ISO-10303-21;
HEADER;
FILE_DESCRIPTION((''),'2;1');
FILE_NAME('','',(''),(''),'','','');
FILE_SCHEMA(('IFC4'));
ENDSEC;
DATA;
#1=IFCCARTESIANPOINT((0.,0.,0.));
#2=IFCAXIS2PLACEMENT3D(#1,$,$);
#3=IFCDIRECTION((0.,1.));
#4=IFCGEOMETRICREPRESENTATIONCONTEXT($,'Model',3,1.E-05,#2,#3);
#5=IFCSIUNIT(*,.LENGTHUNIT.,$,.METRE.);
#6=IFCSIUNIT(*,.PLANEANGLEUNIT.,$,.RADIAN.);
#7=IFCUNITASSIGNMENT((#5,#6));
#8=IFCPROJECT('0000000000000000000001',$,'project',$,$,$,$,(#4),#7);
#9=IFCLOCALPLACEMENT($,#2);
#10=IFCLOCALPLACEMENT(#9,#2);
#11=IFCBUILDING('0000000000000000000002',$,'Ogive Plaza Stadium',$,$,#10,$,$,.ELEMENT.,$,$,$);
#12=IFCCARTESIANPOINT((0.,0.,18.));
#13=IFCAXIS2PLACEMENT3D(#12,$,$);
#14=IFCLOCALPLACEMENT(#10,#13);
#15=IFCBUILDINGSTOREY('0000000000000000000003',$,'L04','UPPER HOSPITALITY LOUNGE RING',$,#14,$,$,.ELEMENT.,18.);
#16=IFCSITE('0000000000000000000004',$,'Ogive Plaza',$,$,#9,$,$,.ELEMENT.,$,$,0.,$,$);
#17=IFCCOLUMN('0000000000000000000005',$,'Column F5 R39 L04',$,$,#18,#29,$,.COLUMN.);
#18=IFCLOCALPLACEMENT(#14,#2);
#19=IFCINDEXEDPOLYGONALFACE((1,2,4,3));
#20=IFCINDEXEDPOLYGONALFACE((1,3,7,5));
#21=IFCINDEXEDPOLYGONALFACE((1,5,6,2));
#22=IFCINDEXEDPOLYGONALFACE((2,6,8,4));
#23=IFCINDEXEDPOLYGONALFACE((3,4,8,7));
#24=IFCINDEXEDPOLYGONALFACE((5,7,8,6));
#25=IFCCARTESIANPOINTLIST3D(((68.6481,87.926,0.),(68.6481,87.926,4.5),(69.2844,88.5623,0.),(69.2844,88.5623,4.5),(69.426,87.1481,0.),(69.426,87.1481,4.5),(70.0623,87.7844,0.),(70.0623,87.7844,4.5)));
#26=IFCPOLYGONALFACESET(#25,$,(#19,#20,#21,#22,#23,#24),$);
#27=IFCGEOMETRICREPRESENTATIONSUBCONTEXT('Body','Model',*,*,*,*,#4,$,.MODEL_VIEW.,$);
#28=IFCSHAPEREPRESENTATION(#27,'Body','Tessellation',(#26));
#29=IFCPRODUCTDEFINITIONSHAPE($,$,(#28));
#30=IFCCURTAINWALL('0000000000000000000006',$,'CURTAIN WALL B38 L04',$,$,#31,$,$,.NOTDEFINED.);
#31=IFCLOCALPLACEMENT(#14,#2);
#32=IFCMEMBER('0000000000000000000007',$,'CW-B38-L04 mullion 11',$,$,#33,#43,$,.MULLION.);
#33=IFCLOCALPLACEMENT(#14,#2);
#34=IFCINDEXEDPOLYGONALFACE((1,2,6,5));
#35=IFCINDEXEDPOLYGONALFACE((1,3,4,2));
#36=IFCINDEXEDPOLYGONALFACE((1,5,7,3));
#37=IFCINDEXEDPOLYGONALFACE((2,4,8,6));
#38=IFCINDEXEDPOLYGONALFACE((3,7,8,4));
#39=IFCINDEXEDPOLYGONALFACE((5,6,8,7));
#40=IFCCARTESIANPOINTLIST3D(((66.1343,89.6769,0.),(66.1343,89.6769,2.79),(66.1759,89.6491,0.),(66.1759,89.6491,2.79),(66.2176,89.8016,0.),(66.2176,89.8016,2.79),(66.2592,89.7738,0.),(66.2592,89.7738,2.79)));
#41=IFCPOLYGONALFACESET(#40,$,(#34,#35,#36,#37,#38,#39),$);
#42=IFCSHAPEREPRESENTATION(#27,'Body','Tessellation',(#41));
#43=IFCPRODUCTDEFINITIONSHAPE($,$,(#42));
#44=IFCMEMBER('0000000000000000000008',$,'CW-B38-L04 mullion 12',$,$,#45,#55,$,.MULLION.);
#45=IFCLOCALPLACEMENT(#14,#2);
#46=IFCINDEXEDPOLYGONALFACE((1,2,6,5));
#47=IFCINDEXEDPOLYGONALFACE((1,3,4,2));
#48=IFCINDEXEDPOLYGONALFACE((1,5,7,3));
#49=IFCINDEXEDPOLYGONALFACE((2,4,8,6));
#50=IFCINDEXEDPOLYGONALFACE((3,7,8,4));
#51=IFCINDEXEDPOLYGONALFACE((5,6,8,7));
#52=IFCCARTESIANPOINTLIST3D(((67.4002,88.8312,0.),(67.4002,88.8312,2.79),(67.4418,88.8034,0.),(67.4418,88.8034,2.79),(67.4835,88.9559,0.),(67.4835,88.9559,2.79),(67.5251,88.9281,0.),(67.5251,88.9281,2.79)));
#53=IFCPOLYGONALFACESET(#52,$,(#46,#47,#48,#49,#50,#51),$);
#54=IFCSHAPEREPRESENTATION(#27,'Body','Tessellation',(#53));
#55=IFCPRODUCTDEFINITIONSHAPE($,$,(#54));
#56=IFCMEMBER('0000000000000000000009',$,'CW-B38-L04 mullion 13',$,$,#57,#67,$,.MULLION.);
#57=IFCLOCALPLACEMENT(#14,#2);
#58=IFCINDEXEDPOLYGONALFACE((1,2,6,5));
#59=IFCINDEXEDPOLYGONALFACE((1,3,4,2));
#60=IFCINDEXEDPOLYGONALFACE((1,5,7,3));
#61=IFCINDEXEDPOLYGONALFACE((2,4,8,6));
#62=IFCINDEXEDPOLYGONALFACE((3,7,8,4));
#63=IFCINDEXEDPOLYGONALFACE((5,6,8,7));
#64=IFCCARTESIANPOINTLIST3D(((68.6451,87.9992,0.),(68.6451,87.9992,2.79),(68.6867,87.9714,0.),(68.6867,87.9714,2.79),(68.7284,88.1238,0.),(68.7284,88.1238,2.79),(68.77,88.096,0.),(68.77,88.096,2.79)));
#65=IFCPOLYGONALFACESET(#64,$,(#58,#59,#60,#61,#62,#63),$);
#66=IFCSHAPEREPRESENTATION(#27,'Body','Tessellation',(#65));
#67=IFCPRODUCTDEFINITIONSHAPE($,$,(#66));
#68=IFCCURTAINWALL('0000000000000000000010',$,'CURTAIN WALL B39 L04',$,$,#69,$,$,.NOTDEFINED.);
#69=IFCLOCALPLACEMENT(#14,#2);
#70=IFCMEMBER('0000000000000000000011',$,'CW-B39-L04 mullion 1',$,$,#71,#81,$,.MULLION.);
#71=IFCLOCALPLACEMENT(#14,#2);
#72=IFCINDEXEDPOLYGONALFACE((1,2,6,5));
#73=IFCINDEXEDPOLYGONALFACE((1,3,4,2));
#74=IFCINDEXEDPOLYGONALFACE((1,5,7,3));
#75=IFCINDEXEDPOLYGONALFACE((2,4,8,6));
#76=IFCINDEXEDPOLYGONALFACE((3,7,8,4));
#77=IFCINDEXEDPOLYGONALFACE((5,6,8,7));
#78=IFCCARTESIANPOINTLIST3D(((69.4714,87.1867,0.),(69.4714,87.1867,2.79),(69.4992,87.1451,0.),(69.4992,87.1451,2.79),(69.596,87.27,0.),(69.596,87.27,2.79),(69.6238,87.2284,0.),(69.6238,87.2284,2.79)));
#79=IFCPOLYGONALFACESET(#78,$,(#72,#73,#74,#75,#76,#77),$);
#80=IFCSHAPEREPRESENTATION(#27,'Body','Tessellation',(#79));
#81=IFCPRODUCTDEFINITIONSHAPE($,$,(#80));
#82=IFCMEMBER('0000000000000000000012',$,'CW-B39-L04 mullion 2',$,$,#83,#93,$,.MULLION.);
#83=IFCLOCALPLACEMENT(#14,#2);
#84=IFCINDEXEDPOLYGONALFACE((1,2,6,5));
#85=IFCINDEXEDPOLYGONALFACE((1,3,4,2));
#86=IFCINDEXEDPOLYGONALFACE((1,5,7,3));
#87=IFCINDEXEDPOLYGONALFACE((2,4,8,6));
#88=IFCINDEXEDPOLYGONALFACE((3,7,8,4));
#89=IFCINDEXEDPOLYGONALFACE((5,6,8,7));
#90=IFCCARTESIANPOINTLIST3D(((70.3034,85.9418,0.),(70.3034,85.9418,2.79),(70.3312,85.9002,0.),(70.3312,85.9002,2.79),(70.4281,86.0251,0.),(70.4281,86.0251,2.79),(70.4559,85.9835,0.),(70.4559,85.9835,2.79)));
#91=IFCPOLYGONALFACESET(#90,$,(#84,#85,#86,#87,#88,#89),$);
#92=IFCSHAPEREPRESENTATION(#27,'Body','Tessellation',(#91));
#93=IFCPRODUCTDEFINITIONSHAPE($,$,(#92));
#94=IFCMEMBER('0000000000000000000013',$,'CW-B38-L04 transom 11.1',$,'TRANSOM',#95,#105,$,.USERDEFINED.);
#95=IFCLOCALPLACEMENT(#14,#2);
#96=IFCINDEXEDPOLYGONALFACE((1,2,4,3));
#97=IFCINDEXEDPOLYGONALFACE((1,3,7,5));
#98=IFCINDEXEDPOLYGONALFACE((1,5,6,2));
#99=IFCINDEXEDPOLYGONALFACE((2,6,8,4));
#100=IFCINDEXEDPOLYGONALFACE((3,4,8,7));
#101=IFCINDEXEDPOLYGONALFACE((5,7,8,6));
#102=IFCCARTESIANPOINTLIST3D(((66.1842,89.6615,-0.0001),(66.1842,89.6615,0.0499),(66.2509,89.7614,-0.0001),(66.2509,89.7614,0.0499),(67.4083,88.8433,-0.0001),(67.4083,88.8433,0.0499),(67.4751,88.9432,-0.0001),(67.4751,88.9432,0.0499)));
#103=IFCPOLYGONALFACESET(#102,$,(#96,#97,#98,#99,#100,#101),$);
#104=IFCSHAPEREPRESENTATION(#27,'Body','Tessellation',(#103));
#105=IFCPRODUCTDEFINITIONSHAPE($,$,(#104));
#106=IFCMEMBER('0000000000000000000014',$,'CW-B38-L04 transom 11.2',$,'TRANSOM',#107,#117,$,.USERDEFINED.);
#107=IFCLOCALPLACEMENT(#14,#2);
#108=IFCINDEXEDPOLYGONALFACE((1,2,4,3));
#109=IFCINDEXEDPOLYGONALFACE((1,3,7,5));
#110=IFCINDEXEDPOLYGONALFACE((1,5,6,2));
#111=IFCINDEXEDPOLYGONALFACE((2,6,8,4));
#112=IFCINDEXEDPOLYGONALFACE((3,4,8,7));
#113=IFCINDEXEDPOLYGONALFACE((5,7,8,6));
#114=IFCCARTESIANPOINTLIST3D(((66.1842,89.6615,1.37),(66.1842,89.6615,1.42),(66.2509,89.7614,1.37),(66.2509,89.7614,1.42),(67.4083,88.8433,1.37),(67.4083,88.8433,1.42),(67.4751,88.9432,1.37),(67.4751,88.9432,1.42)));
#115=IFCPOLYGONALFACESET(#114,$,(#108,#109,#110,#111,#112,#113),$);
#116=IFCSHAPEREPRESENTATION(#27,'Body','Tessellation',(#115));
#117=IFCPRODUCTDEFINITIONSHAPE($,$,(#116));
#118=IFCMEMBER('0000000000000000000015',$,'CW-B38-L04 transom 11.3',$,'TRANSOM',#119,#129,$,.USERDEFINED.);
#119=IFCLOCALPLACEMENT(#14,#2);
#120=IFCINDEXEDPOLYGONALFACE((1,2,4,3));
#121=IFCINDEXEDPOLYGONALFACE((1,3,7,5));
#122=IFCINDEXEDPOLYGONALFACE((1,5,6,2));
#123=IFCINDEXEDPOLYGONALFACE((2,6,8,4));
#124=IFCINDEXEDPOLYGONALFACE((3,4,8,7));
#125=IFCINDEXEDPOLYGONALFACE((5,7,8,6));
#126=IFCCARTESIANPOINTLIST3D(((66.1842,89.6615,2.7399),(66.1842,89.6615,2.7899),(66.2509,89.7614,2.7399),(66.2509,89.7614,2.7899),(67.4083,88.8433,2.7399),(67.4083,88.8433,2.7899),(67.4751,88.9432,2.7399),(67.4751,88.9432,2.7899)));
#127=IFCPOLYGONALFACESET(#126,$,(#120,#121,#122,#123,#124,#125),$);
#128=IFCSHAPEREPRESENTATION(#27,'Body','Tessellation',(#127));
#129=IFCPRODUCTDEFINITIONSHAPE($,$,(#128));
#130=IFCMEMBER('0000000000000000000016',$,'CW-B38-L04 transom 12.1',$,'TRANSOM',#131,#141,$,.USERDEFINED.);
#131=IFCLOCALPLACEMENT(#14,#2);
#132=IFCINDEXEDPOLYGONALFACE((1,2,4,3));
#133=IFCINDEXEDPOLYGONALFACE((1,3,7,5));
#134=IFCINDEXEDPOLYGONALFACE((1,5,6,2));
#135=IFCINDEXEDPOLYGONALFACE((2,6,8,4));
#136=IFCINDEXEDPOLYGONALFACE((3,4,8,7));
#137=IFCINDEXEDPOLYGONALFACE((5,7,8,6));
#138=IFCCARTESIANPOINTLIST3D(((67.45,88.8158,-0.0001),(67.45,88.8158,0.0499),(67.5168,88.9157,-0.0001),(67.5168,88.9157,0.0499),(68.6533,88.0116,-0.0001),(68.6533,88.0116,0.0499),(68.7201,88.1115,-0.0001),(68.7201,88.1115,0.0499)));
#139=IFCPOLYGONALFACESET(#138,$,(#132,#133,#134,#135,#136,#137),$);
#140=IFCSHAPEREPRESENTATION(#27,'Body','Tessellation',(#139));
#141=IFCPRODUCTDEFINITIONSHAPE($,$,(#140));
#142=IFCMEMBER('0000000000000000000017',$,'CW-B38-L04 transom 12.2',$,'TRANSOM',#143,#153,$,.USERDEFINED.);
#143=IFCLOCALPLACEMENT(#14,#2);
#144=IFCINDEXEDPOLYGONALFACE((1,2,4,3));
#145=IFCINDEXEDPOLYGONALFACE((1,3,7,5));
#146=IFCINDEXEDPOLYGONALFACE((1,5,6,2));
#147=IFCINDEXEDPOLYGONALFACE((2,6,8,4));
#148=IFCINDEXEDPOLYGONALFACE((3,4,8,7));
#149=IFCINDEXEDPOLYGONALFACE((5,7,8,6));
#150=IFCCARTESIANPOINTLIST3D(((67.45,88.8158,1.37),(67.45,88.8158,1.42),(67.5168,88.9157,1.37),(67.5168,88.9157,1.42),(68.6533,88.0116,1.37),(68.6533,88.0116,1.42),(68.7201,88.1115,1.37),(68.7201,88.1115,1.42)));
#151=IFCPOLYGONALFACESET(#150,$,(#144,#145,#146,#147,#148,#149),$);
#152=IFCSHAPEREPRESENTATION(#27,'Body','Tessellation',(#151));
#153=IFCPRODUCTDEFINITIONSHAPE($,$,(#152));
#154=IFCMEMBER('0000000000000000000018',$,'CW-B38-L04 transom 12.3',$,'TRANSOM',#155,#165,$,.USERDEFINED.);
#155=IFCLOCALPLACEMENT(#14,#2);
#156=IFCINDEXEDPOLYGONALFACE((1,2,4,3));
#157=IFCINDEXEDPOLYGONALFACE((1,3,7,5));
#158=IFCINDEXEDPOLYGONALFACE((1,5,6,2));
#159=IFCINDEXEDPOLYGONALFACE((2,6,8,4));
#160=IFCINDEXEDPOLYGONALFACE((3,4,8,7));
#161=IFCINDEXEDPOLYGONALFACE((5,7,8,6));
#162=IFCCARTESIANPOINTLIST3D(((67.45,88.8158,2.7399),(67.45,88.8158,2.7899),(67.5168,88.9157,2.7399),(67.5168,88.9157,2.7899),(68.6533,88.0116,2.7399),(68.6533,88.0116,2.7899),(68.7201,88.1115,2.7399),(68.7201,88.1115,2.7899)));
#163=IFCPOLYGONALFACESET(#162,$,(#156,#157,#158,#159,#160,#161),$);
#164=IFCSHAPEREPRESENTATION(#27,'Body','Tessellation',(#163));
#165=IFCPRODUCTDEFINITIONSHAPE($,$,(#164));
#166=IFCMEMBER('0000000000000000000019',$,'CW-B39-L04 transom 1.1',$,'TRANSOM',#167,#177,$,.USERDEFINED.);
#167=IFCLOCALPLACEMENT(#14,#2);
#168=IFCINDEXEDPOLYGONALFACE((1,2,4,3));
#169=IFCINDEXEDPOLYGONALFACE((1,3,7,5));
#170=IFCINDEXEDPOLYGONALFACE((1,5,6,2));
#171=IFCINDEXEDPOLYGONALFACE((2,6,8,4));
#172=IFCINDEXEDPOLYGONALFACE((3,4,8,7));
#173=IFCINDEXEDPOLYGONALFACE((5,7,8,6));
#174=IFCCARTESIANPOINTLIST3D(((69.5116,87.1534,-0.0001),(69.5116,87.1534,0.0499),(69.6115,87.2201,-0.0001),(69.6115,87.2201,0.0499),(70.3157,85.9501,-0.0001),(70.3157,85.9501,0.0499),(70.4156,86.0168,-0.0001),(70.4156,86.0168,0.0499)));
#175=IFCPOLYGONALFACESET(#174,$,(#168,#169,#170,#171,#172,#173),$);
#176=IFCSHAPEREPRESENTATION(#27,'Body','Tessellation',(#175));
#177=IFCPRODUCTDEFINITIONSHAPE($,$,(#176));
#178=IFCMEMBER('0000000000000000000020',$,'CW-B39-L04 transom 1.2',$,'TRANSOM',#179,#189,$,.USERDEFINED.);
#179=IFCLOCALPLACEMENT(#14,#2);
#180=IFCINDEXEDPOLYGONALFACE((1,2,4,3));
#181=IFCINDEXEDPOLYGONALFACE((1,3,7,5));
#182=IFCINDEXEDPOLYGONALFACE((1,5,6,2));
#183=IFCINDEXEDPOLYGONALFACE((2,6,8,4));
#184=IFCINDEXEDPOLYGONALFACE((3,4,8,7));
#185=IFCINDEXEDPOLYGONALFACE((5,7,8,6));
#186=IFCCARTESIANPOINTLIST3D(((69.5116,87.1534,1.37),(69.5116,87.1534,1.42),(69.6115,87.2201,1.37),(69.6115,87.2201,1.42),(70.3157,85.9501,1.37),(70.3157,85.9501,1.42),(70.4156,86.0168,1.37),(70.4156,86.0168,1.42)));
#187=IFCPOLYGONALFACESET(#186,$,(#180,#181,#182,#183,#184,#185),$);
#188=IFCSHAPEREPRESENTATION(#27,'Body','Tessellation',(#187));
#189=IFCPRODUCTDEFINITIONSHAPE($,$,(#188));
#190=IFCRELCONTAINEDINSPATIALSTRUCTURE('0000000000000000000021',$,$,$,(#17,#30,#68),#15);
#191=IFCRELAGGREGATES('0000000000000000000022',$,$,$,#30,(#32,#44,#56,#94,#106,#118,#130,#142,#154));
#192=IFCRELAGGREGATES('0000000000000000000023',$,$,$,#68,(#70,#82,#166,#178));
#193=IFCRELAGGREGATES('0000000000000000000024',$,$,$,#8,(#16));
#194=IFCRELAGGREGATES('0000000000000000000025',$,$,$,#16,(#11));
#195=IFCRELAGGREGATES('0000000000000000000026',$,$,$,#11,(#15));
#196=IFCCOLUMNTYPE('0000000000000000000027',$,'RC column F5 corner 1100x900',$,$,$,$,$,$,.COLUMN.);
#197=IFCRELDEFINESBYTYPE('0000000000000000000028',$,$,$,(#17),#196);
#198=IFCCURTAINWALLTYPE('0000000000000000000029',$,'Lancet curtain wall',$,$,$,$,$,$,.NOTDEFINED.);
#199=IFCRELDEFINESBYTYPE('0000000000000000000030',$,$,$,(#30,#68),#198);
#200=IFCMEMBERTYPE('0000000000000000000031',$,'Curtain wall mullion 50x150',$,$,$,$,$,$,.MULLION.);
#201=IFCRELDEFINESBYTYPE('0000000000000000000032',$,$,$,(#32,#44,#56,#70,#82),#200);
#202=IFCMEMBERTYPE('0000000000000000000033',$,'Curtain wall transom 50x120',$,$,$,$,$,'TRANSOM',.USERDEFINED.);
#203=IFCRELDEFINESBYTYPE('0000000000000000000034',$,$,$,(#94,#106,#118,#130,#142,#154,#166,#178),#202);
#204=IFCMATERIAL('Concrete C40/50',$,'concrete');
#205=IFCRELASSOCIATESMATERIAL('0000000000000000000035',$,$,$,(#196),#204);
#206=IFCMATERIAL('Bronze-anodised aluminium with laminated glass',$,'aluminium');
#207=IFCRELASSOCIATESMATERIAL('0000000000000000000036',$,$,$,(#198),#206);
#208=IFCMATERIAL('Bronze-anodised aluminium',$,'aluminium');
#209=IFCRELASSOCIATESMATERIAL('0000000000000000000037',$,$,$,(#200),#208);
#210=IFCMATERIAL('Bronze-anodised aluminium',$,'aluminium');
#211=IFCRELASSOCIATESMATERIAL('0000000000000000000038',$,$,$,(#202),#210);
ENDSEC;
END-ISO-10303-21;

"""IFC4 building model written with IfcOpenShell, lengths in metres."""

from ifc_helpers import new_model, si_unit, direction, frame, origin, origin_2d, place, context, subcontext, project, spatial, rectangle, extrude, material, material_profile, profile_set, type_object, element, aggregate, save


model = new_model("IFC4")

# Units and contexts
model_context = context("Model", 3, precision=1e-05, world=origin(), true_north=direction((0.0, 1.0)))
body_context = subcontext(model_context, "Body", "Model", "MODEL_VIEW")
ifc_project = project(units=[si_unit("LENGTHUNIT", "METRE"), si_unit("PLANEANGLEUNIT", "RADIAN")], contexts=[model_context])

# Site, building, storey
site_placement = place(None, origin())
site = spatial("IfcSite", under=ifc_project, at=site_placement, Name="Ogive Plaza", CompositionType="ELEMENT", RefElevation=0.0)
building_placement = place(site_placement, origin())
building = spatial("IfcBuilding", under=site, at=building_placement, Name="Ogive Plaza Stadium", CompositionType="ELEMENT")
storey_placement = place(building_placement, frame((0.0, 0.0, 18.0)))
storey = spatial("IfcBuildingStorey", under=building, at=storey_placement, Name="L04", Description="UPPER HOSPITALITY LOUNGE RING", CompositionType="ELEMENT", Elevation=18.0)

# Column
ifc_material_1 = material(Name="Concrete C40/50", Category="concrete")
ifc_material_profile_1 = material_profile(ifc_material_1, rectangle(XDim=1.1001, YDim=0.8999, at=origin_2d()), Name="RC 1100x900")
ifc_profile_set_1 = profile_set([ifc_material_profile_1], Name="Concrete C40/50")
column_type = type_object("IfcColumnType", Name="RC column F5 corner 1100x900", PredefinedType="COLUMN", material=ifc_profile_set_1)
column_placement = place(storey_placement, frame((69.3552, 87.8552, 0.0), z_axis=(0.0, 0.0, 1.0), x_axis=(-0.707107, 0.707107, 0.0)))
element("IfcColumn", 1, at=column_placement, inside=storey, type_object=column_type, Name="Column F5 R39 L04", PredefinedType="COLUMN", context=body_context, shape_type="SweptSolid", body=[
    extrude(rectangle(XDim=1.1001, YDim=0.8999, at=origin_2d()), origin(), (0.0, 0.0, 1.0), 4.5),
])

# Curtain walls, members
ifc_material_2 = material(Name="Bronze-anodised aluminium with laminated glass", Category="aluminium")
curtain_wall_type = type_object("IfcCurtainWallType", Name="Lancet curtain wall", PredefinedType="NOTDEFINED", material=ifc_material_2)
curtain_wall_1_placement = place(storey_placement, origin())
curtain_wall_1 = element("IfcCurtainWall", 2, at=curtain_wall_1_placement, inside=storey, type_object=curtain_wall_type, Name="CURTAIN WALL B38 L04", PredefinedType="NOTDEFINED")
ifc_material_3 = material(Name="Bronze-anodised aluminium", Category="aluminium")
ifc_material_profile_2 = material_profile(ifc_material_3, rectangle(XDim=0.1499, YDim=0.05, at=origin_2d()), Name="AL 150x50")
ifc_profile_set_2 = profile_set([ifc_material_profile_2], Name="Bronze-anodised aluminium")
member_type_1 = type_object("IfcMemberType", Name="Curtain wall mullion 50x150", PredefinedType="MULLION", material=ifc_profile_set_2)
member_1_placement = place(storey_placement, frame((66.1968, 89.7253, 0.0), z_axis=(0.0, 0.0, 1.0), x_axis=(0.55557, 0.83147, 0.0)))
member_1 = element("IfcMember", 3, at=member_1_placement, type_object=member_type_1, Name="CW-B38-L04 mullion 11", PredefinedType="MULLION", context=body_context, shape_type="SweptSolid", body=[
    extrude(rectangle(XDim=0.1499, YDim=0.05, at=origin_2d()), origin(), (0.0, 0.0, 1.0), 2.79),
])
member_2_placement = place(storey_placement, frame((67.4626, 88.8796, 0.0), z_axis=(0.0, 0.0, 1.0), x_axis=(0.55557, 0.83147, 0.0)))
member_2 = element("IfcMember", 4, at=member_2_placement, type_object=member_type_1, Name="CW-B38-L04 mullion 12", PredefinedType="MULLION", context=body_context, shape_type="SweptSolid", body=[
    extrude(rectangle(XDim=0.1499, YDim=0.05, at=origin_2d()), origin(), (0.0, 0.0, 1.0), 2.79),
])
member_3_placement = place(storey_placement, frame((68.7075, 88.0476, 0.0), z_axis=(0.0, 0.0, 1.0), x_axis=(0.55557, 0.83147, 0.0)))
member_3 = element("IfcMember", 5, at=member_3_placement, type_object=member_type_1, Name="CW-B38-L04 mullion 13", PredefinedType="MULLION", context=body_context, shape_type="SweptSolid", body=[
    extrude(rectangle(XDim=0.1499, YDim=0.05, at=origin_2d()), origin(), (0.0, 0.0, 1.0), 2.79),
])
curtain_wall_2_placement = place(storey_placement, origin())
curtain_wall_2 = element("IfcCurtainWall", 6, at=curtain_wall_2_placement, inside=storey, type_object=curtain_wall_type, Name="CURTAIN WALL B39 L04", PredefinedType="NOTDEFINED")
member_4_placement = place(storey_placement, frame((69.5476, 87.2075, 0.0), z_axis=(0.0, 0.0, 1.0), x_axis=(0.83147, 0.55557, 0.0)))
member_4 = element("IfcMember", 7, at=member_4_placement, type_object=member_type_1, Name="CW-B39-L04 mullion 1", PredefinedType="MULLION", context=body_context, shape_type="SweptSolid", body=[
    extrude(rectangle(XDim=0.1499, YDim=0.05, at=origin_2d()), origin(), (0.0, 0.0, 1.0), 2.79),
])
member_5_placement = place(storey_placement, frame((70.3796, 85.9626, 0.0), z_axis=(0.0, 0.0, 1.0), x_axis=(0.83147, 0.55557, 0.0)))
member_5 = element("IfcMember", 8, at=member_5_placement, type_object=member_type_1, Name="CW-B39-L04 mullion 2", PredefinedType="MULLION", context=body_context, shape_type="SweptSolid", body=[
    extrude(rectangle(XDim=0.1499, YDim=0.05, at=origin_2d()), origin(), (0.0, 0.0, 1.0), 2.79),
])

# Members
ifc_material_4 = material(Name="Bronze-anodised aluminium", Category="aluminium")
ifc_material_profile_3 = material_profile(ifc_material_4, rectangle(XDim=0.1201, YDim=0.05, at=origin_2d()), Name="AL 120x50")
ifc_profile_set_3 = profile_set([ifc_material_profile_3], Name="Bronze-anodised aluminium")
member_type_2 = type_object("IfcMemberType", Name="Curtain wall transom 50x120", ElementType="TRANSOM", PredefinedType="USERDEFINED", material=ifc_profile_set_3)
member_6_placement = place(storey_placement, frame((66.2175, 89.7114, 0.0249), z_axis=(0.831412, -0.555656, 0.0), x_axis=(0.555656, 0.831412, 0.0)))
member_6 = element("IfcMember", 9, at=member_6_placement, type_object=member_type_2, Name="CW-B38-L04 transom 11.1", ObjectType="TRANSOM", PredefinedType="USERDEFINED", context=body_context, shape_type="SweptSolid", body=[
    extrude(rectangle(XDim=0.1201, YDim=0.05, at=origin_2d()), origin(), (0.0, 0.0, 1.0), 1.4724),
])
member_7_placement = place(storey_placement, frame((66.2175, 89.7114, 1.395), z_axis=(0.831412, -0.555656, 0.0), x_axis=(0.555656, 0.831412, 0.0)))
member_7 = element("IfcMember", 10, at=member_7_placement, type_object=member_type_2, Name="CW-B38-L04 transom 11.2", ObjectType="TRANSOM", PredefinedType="USERDEFINED", context=body_context, shape_type="SweptSolid", body=[
    extrude(rectangle(XDim=0.1201, YDim=0.05, at=origin_2d()), origin(), (0.0, 0.0, 1.0), 1.4724),
])
member_8_placement = place(storey_placement, frame((66.2175, 89.7114, 2.7649), z_axis=(0.831412, -0.555656, 0.0), x_axis=(0.555656, 0.831412, 0.0)))
member_8 = element("IfcMember", 11, at=member_8_placement, type_object=member_type_2, Name="CW-B38-L04 transom 11.3", ObjectType="TRANSOM", PredefinedType="USERDEFINED", context=body_context, shape_type="SweptSolid", body=[
    extrude(rectangle(XDim=0.1201, YDim=0.05, at=origin_2d()), origin(), (0.0, 0.0, 1.0), 1.4724),
])
member_9_placement = place(storey_placement, frame((67.4834, 88.8657, 0.0249), z_axis=(0.831427, -0.555634, 0.0), x_axis=(0.555634, 0.831427, 0.0)))
member_9 = element("IfcMember", 12, at=member_9_placement, type_object=member_type_2, Name="CW-B38-L04 transom 12.1", ObjectType="TRANSOM", PredefinedType="USERDEFINED", context=body_context, shape_type="SweptSolid", body=[
    extrude(rectangle(XDim=0.1201, YDim=0.05, at=origin_2d()), origin(), (0.0, 0.0, 1.0), 1.4473),
])
member_10_placement = place(storey_placement, frame((67.4834, 88.8657, 1.395), z_axis=(0.831427, -0.555634, 0.0), x_axis=(0.555634, 0.831427, 0.0)))
member_10 = element("IfcMember", 13, at=member_10_placement, type_object=member_type_2, Name="CW-B38-L04 transom 12.2", ObjectType="TRANSOM", PredefinedType="USERDEFINED", context=body_context, shape_type="SweptSolid", body=[
    extrude(rectangle(XDim=0.1201, YDim=0.05, at=origin_2d()), origin(), (0.0, 0.0, 1.0), 1.4473),
])
member_11_placement = place(storey_placement, frame((67.4834, 88.8657, 2.7649), z_axis=(0.831427, -0.555634, 0.0), x_axis=(0.555634, 0.831427, 0.0)))
member_11 = element("IfcMember", 14, at=member_11_placement, type_object=member_type_2, Name="CW-B38-L04 transom 12.3", ObjectType="TRANSOM", PredefinedType="USERDEFINED", context=body_context, shape_type="SweptSolid", body=[
    extrude(rectangle(XDim=0.1201, YDim=0.05, at=origin_2d()), origin(), (0.0, 0.0, 1.0), 1.4473),
])
member_12_placement = place(storey_placement, frame((69.5615, 87.1868, 0.0249), z_axis=(0.555634, -0.831427, 0.0), x_axis=(0.831427, 0.555634, 0.0)))
member_12 = element("IfcMember", 15, at=member_12_placement, type_object=member_type_2, Name="CW-B39-L04 transom 1.1", ObjectType="TRANSOM", PredefinedType="USERDEFINED", context=body_context, shape_type="SweptSolid", body=[
    extrude(rectangle(XDim=0.1201, YDim=0.05, at=origin_2d()), origin(), (0.0, 0.0, 1.0), 1.4473),
])
member_13_placement = place(storey_placement, frame((69.5615, 87.1868, 1.395), z_axis=(0.555634, -0.831427, 0.0), x_axis=(0.831427, 0.555634, 0.0)))
member_13 = element("IfcMember", 16, at=member_13_placement, type_object=member_type_2, Name="CW-B39-L04 transom 1.2", ObjectType="TRANSOM", PredefinedType="USERDEFINED", context=body_context, shape_type="SweptSolid", body=[
    extrude(rectangle(XDim=0.1201, YDim=0.05, at=origin_2d()), origin(), (0.0, 0.0, 1.0), 1.4473),
])

aggregate(curtain_wall_1, [member_1, member_2, member_3, member_6, member_7, member_8, member_9, member_10, member_11])
aggregate(curtain_wall_2, [member_4, member_5, member_12, member_13])

save(model, "model.ifc")
